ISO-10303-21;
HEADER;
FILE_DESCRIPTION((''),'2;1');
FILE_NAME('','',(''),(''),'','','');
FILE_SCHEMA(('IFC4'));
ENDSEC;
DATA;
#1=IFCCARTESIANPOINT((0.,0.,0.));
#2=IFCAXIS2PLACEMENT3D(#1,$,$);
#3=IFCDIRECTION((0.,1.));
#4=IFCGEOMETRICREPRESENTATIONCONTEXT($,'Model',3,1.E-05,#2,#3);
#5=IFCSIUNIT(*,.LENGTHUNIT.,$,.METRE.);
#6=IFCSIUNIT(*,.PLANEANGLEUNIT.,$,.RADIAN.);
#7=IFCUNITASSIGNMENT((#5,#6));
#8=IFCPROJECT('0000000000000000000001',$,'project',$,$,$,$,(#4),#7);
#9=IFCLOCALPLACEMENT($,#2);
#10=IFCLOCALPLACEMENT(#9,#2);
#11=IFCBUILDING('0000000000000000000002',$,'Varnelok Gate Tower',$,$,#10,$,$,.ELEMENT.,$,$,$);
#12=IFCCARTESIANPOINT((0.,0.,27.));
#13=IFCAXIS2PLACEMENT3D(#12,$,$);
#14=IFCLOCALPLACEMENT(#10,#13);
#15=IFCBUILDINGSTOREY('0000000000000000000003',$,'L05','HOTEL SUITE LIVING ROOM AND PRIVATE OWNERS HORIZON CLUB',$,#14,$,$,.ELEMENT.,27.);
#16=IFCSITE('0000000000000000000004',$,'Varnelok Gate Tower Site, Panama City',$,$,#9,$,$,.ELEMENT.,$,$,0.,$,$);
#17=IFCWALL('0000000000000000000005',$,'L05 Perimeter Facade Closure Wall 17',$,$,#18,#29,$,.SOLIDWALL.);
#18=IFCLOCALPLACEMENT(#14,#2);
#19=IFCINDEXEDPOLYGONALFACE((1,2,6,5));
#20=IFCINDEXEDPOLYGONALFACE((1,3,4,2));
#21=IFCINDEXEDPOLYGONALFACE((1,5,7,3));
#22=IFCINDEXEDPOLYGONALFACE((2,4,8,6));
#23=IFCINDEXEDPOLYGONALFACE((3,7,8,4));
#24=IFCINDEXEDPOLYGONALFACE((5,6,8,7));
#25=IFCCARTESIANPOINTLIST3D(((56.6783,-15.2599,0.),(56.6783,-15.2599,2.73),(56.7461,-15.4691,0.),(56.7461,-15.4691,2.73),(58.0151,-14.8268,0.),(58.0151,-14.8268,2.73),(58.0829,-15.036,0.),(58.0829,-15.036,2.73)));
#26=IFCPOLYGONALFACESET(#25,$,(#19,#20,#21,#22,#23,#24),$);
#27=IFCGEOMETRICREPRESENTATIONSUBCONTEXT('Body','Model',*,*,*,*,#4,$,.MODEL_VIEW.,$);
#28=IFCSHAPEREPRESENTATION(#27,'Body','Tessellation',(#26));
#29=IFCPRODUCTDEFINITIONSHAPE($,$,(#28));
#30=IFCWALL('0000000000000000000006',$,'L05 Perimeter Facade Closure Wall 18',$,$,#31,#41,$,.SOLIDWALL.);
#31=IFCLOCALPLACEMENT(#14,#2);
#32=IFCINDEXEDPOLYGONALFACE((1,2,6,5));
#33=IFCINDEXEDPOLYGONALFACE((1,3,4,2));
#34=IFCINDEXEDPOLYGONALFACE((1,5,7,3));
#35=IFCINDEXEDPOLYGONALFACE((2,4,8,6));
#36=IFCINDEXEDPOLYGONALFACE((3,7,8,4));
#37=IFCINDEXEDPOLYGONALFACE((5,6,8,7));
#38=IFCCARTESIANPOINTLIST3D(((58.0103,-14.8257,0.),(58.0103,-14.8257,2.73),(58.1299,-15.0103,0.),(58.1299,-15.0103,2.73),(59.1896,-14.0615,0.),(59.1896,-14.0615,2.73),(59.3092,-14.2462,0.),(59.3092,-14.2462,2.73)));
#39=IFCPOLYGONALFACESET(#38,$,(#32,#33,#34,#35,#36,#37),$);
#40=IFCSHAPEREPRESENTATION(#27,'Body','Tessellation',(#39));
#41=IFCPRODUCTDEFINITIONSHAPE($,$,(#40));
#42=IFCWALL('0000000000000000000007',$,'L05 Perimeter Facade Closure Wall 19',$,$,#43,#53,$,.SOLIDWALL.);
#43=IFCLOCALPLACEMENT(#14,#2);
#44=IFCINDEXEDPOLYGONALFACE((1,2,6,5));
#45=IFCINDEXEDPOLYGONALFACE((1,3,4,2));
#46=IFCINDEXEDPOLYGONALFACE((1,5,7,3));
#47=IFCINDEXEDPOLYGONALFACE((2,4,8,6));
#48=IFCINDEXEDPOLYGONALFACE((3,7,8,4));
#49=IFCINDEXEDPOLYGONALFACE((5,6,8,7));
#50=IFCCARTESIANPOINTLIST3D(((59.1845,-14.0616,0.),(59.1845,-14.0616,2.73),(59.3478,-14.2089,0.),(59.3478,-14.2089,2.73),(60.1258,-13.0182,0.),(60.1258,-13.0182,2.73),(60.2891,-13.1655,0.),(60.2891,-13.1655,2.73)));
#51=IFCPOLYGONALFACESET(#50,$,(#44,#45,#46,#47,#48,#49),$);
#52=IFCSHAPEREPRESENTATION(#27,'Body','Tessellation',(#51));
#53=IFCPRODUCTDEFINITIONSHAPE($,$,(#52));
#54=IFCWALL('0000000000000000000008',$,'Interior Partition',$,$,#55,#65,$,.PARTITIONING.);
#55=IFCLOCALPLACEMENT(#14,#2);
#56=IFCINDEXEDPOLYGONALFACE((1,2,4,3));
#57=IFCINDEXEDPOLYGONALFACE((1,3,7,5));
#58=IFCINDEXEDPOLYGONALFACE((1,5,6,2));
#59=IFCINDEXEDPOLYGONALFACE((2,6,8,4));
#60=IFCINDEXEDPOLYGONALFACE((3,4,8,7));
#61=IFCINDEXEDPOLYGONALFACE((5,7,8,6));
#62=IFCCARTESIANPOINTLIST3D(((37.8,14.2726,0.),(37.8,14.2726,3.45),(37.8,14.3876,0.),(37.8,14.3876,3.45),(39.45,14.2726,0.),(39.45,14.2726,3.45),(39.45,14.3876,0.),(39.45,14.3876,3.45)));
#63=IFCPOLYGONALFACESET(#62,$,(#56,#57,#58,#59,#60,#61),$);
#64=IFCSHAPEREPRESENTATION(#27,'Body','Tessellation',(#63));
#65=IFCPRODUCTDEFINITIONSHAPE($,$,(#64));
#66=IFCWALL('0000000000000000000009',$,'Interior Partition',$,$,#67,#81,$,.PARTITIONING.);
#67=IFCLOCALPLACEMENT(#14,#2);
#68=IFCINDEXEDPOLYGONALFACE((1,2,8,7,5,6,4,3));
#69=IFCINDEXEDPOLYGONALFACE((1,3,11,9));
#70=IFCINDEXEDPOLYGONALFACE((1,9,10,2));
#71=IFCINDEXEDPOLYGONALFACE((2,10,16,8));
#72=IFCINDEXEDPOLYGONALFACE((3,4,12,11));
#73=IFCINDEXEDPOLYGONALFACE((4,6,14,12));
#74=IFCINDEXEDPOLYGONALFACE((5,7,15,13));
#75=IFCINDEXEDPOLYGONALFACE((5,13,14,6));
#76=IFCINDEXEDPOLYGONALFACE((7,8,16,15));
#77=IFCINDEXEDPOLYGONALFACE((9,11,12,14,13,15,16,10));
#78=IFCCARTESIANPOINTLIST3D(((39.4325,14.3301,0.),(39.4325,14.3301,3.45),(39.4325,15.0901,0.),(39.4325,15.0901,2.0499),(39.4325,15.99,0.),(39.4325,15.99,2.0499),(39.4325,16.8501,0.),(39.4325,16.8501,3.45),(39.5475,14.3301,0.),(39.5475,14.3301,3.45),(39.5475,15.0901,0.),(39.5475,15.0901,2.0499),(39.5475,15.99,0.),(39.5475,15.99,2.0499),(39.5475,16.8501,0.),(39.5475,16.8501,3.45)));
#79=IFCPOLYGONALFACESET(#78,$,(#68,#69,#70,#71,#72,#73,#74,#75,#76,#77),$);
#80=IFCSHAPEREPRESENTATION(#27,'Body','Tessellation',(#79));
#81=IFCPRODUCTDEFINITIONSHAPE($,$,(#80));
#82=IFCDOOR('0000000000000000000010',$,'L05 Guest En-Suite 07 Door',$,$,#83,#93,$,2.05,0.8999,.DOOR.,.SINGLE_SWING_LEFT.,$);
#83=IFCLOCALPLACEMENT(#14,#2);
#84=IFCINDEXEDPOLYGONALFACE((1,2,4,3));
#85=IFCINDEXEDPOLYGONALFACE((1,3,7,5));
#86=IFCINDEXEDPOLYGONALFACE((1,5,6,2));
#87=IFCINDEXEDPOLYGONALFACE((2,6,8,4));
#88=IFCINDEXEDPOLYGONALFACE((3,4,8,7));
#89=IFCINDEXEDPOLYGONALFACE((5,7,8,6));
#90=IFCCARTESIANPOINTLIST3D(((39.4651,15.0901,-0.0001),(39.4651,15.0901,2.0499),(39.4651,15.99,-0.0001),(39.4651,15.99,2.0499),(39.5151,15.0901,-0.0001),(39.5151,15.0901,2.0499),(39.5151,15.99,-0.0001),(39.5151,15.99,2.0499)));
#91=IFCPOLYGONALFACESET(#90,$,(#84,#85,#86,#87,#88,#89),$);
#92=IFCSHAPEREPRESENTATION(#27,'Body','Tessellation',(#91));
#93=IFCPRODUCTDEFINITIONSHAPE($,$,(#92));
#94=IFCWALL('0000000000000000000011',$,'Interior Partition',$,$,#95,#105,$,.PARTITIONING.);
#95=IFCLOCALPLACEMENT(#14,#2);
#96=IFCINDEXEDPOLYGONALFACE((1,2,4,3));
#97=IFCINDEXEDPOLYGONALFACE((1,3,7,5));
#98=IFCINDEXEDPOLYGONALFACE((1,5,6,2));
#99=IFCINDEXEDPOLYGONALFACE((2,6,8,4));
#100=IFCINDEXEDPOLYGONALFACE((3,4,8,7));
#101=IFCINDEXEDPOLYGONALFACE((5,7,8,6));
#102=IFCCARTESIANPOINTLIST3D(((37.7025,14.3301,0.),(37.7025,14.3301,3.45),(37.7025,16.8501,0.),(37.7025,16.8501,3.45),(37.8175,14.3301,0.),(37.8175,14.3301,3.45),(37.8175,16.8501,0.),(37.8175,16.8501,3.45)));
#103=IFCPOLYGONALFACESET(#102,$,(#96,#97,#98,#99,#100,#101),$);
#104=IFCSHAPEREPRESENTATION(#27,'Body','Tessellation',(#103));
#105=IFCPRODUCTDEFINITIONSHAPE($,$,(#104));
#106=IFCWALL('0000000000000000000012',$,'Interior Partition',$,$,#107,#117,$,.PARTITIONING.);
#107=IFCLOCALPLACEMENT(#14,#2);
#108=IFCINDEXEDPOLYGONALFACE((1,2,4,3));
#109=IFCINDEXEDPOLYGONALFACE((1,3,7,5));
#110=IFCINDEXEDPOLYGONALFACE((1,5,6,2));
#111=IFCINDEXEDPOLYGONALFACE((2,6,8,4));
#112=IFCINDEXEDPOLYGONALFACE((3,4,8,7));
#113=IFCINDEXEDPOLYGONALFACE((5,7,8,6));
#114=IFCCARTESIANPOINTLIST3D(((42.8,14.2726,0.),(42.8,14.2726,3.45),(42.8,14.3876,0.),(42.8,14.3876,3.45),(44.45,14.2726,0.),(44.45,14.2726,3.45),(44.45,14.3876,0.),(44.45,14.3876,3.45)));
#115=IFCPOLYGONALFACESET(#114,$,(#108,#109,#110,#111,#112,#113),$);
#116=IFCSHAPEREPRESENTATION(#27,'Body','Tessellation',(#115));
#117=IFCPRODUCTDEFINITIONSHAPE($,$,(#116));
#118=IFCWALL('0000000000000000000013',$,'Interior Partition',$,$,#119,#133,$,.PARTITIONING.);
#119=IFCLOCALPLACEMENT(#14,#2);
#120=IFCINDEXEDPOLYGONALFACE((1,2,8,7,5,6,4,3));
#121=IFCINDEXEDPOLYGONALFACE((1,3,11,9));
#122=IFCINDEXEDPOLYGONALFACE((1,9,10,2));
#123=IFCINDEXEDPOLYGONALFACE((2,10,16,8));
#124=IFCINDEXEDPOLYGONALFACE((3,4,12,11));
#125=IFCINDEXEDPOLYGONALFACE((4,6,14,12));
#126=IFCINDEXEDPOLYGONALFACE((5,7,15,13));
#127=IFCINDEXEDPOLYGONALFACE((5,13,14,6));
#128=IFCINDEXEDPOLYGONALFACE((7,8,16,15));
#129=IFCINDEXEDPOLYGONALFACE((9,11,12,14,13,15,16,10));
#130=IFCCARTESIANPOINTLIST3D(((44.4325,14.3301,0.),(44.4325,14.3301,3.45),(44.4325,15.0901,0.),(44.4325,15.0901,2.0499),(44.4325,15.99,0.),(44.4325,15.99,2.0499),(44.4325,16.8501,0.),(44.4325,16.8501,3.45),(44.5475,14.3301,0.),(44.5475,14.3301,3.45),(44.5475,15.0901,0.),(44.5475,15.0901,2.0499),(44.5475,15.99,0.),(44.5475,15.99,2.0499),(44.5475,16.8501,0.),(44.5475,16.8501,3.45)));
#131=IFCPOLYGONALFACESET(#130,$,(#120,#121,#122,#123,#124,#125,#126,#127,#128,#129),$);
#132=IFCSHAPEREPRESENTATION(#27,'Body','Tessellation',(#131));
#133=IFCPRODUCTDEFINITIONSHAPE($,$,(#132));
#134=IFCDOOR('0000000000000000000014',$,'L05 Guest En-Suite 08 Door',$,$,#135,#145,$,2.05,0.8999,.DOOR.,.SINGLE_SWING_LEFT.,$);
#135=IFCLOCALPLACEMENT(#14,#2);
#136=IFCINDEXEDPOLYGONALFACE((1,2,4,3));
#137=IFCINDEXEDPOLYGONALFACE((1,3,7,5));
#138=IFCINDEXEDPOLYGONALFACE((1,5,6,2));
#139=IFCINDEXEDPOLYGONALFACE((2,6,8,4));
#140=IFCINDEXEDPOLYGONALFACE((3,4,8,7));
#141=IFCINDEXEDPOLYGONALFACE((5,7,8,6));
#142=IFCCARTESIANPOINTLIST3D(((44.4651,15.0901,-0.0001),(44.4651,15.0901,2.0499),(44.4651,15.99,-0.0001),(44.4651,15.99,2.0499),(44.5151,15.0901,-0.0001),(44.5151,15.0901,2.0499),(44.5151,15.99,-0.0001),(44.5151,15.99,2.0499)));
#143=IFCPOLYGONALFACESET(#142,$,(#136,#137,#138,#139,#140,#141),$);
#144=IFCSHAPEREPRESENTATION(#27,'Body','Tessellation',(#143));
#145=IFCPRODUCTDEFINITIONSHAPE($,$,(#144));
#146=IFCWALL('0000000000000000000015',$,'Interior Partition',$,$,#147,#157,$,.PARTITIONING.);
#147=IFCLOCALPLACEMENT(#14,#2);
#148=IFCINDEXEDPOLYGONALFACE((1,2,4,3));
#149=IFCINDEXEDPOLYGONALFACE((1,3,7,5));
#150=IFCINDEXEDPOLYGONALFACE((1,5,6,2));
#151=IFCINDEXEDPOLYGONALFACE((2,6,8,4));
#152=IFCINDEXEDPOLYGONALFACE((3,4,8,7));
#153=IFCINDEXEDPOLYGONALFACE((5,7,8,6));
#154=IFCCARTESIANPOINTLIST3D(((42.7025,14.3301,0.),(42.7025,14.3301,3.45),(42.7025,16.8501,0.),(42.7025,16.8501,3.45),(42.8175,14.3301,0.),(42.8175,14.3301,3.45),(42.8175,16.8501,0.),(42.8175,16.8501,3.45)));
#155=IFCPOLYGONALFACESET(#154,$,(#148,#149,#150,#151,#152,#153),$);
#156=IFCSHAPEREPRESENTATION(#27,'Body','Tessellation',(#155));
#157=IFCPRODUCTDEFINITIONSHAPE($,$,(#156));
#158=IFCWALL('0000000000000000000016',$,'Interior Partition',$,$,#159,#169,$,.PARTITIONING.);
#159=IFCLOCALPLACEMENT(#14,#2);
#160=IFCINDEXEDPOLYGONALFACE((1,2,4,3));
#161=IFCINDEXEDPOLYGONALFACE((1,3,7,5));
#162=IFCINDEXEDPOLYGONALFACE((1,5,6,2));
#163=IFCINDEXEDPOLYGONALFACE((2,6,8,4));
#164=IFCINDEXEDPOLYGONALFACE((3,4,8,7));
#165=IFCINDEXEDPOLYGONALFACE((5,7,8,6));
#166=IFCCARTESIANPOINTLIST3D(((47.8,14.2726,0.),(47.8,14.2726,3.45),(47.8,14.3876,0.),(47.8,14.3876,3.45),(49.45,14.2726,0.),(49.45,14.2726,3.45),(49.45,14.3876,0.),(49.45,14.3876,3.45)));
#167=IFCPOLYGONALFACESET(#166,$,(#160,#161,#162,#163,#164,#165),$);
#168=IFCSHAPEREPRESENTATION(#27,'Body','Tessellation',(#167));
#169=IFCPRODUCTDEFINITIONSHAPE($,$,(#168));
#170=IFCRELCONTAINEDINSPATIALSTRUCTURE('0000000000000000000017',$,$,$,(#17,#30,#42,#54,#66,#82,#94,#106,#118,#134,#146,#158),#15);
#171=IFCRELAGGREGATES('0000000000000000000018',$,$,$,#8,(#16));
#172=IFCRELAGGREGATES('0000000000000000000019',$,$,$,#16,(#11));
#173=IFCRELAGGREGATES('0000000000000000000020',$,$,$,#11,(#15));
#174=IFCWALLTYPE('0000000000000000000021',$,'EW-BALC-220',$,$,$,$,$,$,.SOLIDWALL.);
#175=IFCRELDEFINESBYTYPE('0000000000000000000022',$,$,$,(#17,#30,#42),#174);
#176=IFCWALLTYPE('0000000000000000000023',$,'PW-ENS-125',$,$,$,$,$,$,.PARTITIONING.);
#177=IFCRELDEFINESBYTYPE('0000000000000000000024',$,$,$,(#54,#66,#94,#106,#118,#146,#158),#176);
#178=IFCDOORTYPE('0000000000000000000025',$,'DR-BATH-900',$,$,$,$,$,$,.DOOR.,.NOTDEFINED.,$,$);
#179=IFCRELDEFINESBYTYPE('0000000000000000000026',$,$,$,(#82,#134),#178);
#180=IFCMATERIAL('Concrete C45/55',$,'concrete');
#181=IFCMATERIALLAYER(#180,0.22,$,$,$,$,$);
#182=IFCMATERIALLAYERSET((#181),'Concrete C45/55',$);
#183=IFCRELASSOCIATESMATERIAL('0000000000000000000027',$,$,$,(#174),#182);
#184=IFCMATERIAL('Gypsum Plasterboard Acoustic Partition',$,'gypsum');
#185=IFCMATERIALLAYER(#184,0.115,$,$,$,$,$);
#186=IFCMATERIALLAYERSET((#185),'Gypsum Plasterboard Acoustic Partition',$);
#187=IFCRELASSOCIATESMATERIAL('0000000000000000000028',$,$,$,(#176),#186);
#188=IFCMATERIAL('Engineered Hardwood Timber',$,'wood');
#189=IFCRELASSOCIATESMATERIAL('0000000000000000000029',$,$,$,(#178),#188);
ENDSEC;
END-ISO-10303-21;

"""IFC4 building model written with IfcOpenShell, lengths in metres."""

from ifc_helpers import new_model, si_unit, direction, frame, frame_2d, origin, place, context, subcontext, project, spatial, rectangle, extrude, material, layer, layer_set, type_object, element, fill, save


model = new_model("IFC4")

# Units and contexts
model_context = context("Model", 3, precision=1e-05, world=origin(), true_north=direction((0.0, 1.0)))
body_context = subcontext(model_context, "Body", "Model", "MODEL_VIEW")
ifc_project = project(units=[si_unit("LENGTHUNIT", "METRE"), si_unit("PLANEANGLEUNIT", "RADIAN")], contexts=[model_context])

# Site, building, storey
site_placement = place(None, origin())
site = spatial("IfcSite", under=ifc_project, at=site_placement, Name="Varnelok Gate Tower Site, Panama City", CompositionType="ELEMENT", RefElevation=0.0)
building_placement = place(site_placement, origin())
building = spatial("IfcBuilding", under=site, at=building_placement, Name="Varnelok Gate Tower", CompositionType="ELEMENT")
storey_placement = place(building_placement, frame((0.0, 0.0, 27.0)))
storey = spatial("IfcBuildingStorey", under=building, at=storey_placement, Name="L05", Description="HOTEL SUITE LIVING ROOM AND PRIVATE OWNERS HORIZON CLUB", CompositionType="ELEMENT", Elevation=27.0)

# Walls
ifc_material_1 = material(Name="Concrete C45/55", Category="concrete")
ifc_layer_1 = layer(ifc_material_1, 0.22)
ifc_layer_set_1 = layer_set([ifc_layer_1], Name="Concrete C45/55")
wall_type_1 = type_object("IfcWallType", Name="EW-BALC-220", PredefinedType="SOLIDWALL", material=ifc_layer_set_1)
for number, where, z_axis, x_axis, name in (
    (1, (56.7122, -15.3645, 0.0), (0.0, 0.0, 1.0), (0.951325, 0.30819, 0.0), "L05 Perimeter Facade Closure Wall 17"),
    (2, (58.0701, -14.918, 0.0), (0.0, 0.0, 1.0), (0.839248, 0.543748, 0.0), "L05 Perimeter Facade Closure Wall 18"),
    (3, (59.2661, -14.1353, 0.0), (0.0, 0.0, 1.0), (0.669866, 0.742482, 0.0), "L05 Perimeter Facade Closure Wall 19"),
):
    element("IfcWall", number, at=place(storey_placement, frame(where, z_axis=z_axis, x_axis=x_axis)), inside=storey, type_object=wall_type_1, Name=name, PredefinedType="SOLIDWALL", context=body_context, shape_type="SweptSolid", body=[
        extrude(rectangle(XDim=1.4053, YDim=0.22, at=frame_2d((0.7026, 0.0))), origin(), (0.0, 0.0, 1.0), 2.73),
    ])
ifc_material_2 = material(Name="Gypsum Plasterboard Acoustic Partition", Category="gypsum")
ifc_layer_2 = layer(ifc_material_2, 0.115)
ifc_layer_set_2 = layer_set([ifc_layer_2], Name="Gypsum Plasterboard Acoustic Partition")
wall_type_2 = type_object("IfcWallType", Name="PW-ENS-125", PredefinedType="PARTITIONING", material=ifc_layer_set_2)
wall_1_placement = place(storey_placement, frame((37.8, 14.3301, 0.0), z_axis=(0.0, 0.0, 1.0), x_axis=(1.0, 0.0, 0.0)))
element("IfcWall", 4, at=wall_1_placement, inside=storey, type_object=wall_type_2, Name="Interior Partition", PredefinedType="PARTITIONING", context=body_context, shape_type="SweptSolid", body=[
    extrude(rectangle(XDim=1.6499, YDim=0.115, at=frame_2d((0.825, 0.0))), origin(), (0.0, 0.0, 1.0), 3.45),
])

# Wall, opening, door
wall_2_placement = place(storey_placement, frame((39.49, 14.3301, 0.0), z_axis=(0.0, 0.0, 1.0), x_axis=(0.0, 1.0, 0.0)))
wall_2 = element("IfcWall", 5, at=wall_2_placement, inside=storey, type_object=wall_type_2, Name="Interior Partition", PredefinedType="PARTITIONING", context=body_context, shape_type="SweptSolid", body=[
    extrude(rectangle(XDim=2.52, YDim=0.115, at=frame_2d((1.26, 0.0))), origin(), (0.0, 0.0, 1.0), 3.45),
])
opening_1_placement = place(wall_2_placement, frame((0.76, 0.0, 0.0)))
opening_1 = element("IfcOpeningElement", 6, at=opening_1_placement, cuts=wall_2, PredefinedType="OPENING", context=body_context, shape_type="SweptSolid", body=[
    extrude(rectangle(XDim=0.8999, YDim=2.05, at=frame_2d((0.45, 1.0249))), frame((0.0, 0.0674, 0.0), z_axis=(0.0, -1.0, 0.0), x_axis=(1.0, 0.0, 0.0)), (0.0, 0.0, 1.0), 0.135),
])
ifc_material_3 = material(Name="Engineered Hardwood Timber", Category="wood")
door_type = type_object("IfcDoorType", Name="DR-BATH-900", OperationType="NOTDEFINED", PredefinedType="DOOR", material=ifc_material_3)
door_1_placement = place(opening_1_placement, origin())
door_1 = element("IfcDoor", 7, at=door_1_placement, inside=storey, type_object=door_type, Name="L05 Guest En-Suite 07 Door", OperationType="SINGLE_SWING_LEFT", OverallHeight=2.05, OverallWidth=0.8999, PredefinedType="DOOR", context=body_context, shape_type="SweptSolid", body=[
    extrude(rectangle(XDim=0.8999, YDim=2.05, at=frame_2d((0.45, 1.0249))), frame((0.0, 0.0249, 0.0), z_axis=(0.0, -1.0, 0.0), x_axis=(1.0, 0.0, 0.0)), (0.0, 0.0, 1.0), 0.05),
])
fill(opening_1, door_1)

# Walls
wall_3_placement = place(storey_placement, frame((37.76, 14.3301, 0.0), z_axis=(0.0, 0.0, 1.0), x_axis=(0.0, 1.0, 0.0)))
element("IfcWall", 8, at=wall_3_placement, inside=storey, type_object=wall_type_2, Name="Interior Partition", PredefinedType="PARTITIONING", context=body_context, shape_type="SweptSolid", body=[
    extrude(rectangle(XDim=2.52, YDim=0.115, at=frame_2d((1.26, 0.0))), origin(), (0.0, 0.0, 1.0), 3.45),
])
wall_4_placement = place(storey_placement, frame((42.8, 14.3301, 0.0), z_axis=(0.0, 0.0, 1.0), x_axis=(1.0, 0.0, 0.0)))
element("IfcWall", 9, at=wall_4_placement, inside=storey, type_object=wall_type_2, Name="Interior Partition", PredefinedType="PARTITIONING", context=body_context, shape_type="SweptSolid", body=[
    extrude(rectangle(XDim=1.6499, YDim=0.115, at=frame_2d((0.825, 0.0))), origin(), (0.0, 0.0, 1.0), 3.45),
])

# Wall, opening, door
wall_5_placement = place(storey_placement, frame((44.49, 14.3301, 0.0), z_axis=(0.0, 0.0, 1.0), x_axis=(0.0, 1.0, 0.0)))
wall_5 = element("IfcWall", 10, at=wall_5_placement, inside=storey, type_object=wall_type_2, Name="Interior Partition", PredefinedType="PARTITIONING", context=body_context, shape_type="SweptSolid", body=[
    extrude(rectangle(XDim=2.52, YDim=0.115, at=frame_2d((1.26, 0.0))), origin(), (0.0, 0.0, 1.0), 3.45),
])
opening_2_placement = place(wall_5_placement, frame((0.76, 0.0, 0.0)))
opening_2 = element("IfcOpeningElement", 11, at=opening_2_placement, cuts=wall_5, PredefinedType="OPENING", context=body_context, shape_type="SweptSolid", body=[
    extrude(rectangle(XDim=0.8999, YDim=2.05, at=frame_2d((0.45, 1.0249))), frame((0.0, 0.0674, 0.0), z_axis=(0.0, -1.0, 0.0), x_axis=(1.0, 0.0, 0.0)), (0.0, 0.0, 1.0), 0.135),
])
door_2_placement = place(opening_2_placement, origin())
door_2 = element("IfcDoor", 12, at=door_2_placement, inside=storey, type_object=door_type, Name="L05 Guest En-Suite 08 Door", OperationType="SINGLE_SWING_LEFT", OverallHeight=2.05, OverallWidth=0.8999, PredefinedType="DOOR", context=body_context, shape_type="SweptSolid", body=[
    extrude(rectangle(XDim=0.8999, YDim=2.05, at=frame_2d((0.45, 1.0249))), frame((0.0, 0.0249, 0.0), z_axis=(0.0, -1.0, 0.0), x_axis=(1.0, 0.0, 0.0)), (0.0, 0.0, 1.0), 0.05),
])
fill(opening_2, door_2)

# Walls
wall_6_placement = place(storey_placement, frame((42.76, 14.3301, 0.0), z_axis=(0.0, 0.0, 1.0), x_axis=(0.0, 1.0, 0.0)))
element("IfcWall", 13, at=wall_6_placement, inside=storey, type_object=wall_type_2, Name="Interior Partition", PredefinedType="PARTITIONING", context=body_context, shape_type="SweptSolid", body=[
    extrude(rectangle(XDim=2.52, YDim=0.115, at=frame_2d((1.26, 0.0))), origin(), (0.0, 0.0, 1.0), 3.45),
])
wall_7_placement = place(storey_placement, frame((47.8, 14.3301, 0.0), z_axis=(0.0, 0.0, 1.0), x_axis=(1.0, 0.0, 0.0)))
element("IfcWall", 14, at=wall_7_placement, inside=storey, type_object=wall_type_2, Name="Interior Partition", PredefinedType="PARTITIONING", context=body_context, shape_type="SweptSolid", body=[
    extrude(rectangle(XDim=1.6499, YDim=0.115, at=frame_2d((0.825, 0.0))), origin(), (0.0, 0.0, 1.0), 3.45),
])

save(model, "model.ifc")
